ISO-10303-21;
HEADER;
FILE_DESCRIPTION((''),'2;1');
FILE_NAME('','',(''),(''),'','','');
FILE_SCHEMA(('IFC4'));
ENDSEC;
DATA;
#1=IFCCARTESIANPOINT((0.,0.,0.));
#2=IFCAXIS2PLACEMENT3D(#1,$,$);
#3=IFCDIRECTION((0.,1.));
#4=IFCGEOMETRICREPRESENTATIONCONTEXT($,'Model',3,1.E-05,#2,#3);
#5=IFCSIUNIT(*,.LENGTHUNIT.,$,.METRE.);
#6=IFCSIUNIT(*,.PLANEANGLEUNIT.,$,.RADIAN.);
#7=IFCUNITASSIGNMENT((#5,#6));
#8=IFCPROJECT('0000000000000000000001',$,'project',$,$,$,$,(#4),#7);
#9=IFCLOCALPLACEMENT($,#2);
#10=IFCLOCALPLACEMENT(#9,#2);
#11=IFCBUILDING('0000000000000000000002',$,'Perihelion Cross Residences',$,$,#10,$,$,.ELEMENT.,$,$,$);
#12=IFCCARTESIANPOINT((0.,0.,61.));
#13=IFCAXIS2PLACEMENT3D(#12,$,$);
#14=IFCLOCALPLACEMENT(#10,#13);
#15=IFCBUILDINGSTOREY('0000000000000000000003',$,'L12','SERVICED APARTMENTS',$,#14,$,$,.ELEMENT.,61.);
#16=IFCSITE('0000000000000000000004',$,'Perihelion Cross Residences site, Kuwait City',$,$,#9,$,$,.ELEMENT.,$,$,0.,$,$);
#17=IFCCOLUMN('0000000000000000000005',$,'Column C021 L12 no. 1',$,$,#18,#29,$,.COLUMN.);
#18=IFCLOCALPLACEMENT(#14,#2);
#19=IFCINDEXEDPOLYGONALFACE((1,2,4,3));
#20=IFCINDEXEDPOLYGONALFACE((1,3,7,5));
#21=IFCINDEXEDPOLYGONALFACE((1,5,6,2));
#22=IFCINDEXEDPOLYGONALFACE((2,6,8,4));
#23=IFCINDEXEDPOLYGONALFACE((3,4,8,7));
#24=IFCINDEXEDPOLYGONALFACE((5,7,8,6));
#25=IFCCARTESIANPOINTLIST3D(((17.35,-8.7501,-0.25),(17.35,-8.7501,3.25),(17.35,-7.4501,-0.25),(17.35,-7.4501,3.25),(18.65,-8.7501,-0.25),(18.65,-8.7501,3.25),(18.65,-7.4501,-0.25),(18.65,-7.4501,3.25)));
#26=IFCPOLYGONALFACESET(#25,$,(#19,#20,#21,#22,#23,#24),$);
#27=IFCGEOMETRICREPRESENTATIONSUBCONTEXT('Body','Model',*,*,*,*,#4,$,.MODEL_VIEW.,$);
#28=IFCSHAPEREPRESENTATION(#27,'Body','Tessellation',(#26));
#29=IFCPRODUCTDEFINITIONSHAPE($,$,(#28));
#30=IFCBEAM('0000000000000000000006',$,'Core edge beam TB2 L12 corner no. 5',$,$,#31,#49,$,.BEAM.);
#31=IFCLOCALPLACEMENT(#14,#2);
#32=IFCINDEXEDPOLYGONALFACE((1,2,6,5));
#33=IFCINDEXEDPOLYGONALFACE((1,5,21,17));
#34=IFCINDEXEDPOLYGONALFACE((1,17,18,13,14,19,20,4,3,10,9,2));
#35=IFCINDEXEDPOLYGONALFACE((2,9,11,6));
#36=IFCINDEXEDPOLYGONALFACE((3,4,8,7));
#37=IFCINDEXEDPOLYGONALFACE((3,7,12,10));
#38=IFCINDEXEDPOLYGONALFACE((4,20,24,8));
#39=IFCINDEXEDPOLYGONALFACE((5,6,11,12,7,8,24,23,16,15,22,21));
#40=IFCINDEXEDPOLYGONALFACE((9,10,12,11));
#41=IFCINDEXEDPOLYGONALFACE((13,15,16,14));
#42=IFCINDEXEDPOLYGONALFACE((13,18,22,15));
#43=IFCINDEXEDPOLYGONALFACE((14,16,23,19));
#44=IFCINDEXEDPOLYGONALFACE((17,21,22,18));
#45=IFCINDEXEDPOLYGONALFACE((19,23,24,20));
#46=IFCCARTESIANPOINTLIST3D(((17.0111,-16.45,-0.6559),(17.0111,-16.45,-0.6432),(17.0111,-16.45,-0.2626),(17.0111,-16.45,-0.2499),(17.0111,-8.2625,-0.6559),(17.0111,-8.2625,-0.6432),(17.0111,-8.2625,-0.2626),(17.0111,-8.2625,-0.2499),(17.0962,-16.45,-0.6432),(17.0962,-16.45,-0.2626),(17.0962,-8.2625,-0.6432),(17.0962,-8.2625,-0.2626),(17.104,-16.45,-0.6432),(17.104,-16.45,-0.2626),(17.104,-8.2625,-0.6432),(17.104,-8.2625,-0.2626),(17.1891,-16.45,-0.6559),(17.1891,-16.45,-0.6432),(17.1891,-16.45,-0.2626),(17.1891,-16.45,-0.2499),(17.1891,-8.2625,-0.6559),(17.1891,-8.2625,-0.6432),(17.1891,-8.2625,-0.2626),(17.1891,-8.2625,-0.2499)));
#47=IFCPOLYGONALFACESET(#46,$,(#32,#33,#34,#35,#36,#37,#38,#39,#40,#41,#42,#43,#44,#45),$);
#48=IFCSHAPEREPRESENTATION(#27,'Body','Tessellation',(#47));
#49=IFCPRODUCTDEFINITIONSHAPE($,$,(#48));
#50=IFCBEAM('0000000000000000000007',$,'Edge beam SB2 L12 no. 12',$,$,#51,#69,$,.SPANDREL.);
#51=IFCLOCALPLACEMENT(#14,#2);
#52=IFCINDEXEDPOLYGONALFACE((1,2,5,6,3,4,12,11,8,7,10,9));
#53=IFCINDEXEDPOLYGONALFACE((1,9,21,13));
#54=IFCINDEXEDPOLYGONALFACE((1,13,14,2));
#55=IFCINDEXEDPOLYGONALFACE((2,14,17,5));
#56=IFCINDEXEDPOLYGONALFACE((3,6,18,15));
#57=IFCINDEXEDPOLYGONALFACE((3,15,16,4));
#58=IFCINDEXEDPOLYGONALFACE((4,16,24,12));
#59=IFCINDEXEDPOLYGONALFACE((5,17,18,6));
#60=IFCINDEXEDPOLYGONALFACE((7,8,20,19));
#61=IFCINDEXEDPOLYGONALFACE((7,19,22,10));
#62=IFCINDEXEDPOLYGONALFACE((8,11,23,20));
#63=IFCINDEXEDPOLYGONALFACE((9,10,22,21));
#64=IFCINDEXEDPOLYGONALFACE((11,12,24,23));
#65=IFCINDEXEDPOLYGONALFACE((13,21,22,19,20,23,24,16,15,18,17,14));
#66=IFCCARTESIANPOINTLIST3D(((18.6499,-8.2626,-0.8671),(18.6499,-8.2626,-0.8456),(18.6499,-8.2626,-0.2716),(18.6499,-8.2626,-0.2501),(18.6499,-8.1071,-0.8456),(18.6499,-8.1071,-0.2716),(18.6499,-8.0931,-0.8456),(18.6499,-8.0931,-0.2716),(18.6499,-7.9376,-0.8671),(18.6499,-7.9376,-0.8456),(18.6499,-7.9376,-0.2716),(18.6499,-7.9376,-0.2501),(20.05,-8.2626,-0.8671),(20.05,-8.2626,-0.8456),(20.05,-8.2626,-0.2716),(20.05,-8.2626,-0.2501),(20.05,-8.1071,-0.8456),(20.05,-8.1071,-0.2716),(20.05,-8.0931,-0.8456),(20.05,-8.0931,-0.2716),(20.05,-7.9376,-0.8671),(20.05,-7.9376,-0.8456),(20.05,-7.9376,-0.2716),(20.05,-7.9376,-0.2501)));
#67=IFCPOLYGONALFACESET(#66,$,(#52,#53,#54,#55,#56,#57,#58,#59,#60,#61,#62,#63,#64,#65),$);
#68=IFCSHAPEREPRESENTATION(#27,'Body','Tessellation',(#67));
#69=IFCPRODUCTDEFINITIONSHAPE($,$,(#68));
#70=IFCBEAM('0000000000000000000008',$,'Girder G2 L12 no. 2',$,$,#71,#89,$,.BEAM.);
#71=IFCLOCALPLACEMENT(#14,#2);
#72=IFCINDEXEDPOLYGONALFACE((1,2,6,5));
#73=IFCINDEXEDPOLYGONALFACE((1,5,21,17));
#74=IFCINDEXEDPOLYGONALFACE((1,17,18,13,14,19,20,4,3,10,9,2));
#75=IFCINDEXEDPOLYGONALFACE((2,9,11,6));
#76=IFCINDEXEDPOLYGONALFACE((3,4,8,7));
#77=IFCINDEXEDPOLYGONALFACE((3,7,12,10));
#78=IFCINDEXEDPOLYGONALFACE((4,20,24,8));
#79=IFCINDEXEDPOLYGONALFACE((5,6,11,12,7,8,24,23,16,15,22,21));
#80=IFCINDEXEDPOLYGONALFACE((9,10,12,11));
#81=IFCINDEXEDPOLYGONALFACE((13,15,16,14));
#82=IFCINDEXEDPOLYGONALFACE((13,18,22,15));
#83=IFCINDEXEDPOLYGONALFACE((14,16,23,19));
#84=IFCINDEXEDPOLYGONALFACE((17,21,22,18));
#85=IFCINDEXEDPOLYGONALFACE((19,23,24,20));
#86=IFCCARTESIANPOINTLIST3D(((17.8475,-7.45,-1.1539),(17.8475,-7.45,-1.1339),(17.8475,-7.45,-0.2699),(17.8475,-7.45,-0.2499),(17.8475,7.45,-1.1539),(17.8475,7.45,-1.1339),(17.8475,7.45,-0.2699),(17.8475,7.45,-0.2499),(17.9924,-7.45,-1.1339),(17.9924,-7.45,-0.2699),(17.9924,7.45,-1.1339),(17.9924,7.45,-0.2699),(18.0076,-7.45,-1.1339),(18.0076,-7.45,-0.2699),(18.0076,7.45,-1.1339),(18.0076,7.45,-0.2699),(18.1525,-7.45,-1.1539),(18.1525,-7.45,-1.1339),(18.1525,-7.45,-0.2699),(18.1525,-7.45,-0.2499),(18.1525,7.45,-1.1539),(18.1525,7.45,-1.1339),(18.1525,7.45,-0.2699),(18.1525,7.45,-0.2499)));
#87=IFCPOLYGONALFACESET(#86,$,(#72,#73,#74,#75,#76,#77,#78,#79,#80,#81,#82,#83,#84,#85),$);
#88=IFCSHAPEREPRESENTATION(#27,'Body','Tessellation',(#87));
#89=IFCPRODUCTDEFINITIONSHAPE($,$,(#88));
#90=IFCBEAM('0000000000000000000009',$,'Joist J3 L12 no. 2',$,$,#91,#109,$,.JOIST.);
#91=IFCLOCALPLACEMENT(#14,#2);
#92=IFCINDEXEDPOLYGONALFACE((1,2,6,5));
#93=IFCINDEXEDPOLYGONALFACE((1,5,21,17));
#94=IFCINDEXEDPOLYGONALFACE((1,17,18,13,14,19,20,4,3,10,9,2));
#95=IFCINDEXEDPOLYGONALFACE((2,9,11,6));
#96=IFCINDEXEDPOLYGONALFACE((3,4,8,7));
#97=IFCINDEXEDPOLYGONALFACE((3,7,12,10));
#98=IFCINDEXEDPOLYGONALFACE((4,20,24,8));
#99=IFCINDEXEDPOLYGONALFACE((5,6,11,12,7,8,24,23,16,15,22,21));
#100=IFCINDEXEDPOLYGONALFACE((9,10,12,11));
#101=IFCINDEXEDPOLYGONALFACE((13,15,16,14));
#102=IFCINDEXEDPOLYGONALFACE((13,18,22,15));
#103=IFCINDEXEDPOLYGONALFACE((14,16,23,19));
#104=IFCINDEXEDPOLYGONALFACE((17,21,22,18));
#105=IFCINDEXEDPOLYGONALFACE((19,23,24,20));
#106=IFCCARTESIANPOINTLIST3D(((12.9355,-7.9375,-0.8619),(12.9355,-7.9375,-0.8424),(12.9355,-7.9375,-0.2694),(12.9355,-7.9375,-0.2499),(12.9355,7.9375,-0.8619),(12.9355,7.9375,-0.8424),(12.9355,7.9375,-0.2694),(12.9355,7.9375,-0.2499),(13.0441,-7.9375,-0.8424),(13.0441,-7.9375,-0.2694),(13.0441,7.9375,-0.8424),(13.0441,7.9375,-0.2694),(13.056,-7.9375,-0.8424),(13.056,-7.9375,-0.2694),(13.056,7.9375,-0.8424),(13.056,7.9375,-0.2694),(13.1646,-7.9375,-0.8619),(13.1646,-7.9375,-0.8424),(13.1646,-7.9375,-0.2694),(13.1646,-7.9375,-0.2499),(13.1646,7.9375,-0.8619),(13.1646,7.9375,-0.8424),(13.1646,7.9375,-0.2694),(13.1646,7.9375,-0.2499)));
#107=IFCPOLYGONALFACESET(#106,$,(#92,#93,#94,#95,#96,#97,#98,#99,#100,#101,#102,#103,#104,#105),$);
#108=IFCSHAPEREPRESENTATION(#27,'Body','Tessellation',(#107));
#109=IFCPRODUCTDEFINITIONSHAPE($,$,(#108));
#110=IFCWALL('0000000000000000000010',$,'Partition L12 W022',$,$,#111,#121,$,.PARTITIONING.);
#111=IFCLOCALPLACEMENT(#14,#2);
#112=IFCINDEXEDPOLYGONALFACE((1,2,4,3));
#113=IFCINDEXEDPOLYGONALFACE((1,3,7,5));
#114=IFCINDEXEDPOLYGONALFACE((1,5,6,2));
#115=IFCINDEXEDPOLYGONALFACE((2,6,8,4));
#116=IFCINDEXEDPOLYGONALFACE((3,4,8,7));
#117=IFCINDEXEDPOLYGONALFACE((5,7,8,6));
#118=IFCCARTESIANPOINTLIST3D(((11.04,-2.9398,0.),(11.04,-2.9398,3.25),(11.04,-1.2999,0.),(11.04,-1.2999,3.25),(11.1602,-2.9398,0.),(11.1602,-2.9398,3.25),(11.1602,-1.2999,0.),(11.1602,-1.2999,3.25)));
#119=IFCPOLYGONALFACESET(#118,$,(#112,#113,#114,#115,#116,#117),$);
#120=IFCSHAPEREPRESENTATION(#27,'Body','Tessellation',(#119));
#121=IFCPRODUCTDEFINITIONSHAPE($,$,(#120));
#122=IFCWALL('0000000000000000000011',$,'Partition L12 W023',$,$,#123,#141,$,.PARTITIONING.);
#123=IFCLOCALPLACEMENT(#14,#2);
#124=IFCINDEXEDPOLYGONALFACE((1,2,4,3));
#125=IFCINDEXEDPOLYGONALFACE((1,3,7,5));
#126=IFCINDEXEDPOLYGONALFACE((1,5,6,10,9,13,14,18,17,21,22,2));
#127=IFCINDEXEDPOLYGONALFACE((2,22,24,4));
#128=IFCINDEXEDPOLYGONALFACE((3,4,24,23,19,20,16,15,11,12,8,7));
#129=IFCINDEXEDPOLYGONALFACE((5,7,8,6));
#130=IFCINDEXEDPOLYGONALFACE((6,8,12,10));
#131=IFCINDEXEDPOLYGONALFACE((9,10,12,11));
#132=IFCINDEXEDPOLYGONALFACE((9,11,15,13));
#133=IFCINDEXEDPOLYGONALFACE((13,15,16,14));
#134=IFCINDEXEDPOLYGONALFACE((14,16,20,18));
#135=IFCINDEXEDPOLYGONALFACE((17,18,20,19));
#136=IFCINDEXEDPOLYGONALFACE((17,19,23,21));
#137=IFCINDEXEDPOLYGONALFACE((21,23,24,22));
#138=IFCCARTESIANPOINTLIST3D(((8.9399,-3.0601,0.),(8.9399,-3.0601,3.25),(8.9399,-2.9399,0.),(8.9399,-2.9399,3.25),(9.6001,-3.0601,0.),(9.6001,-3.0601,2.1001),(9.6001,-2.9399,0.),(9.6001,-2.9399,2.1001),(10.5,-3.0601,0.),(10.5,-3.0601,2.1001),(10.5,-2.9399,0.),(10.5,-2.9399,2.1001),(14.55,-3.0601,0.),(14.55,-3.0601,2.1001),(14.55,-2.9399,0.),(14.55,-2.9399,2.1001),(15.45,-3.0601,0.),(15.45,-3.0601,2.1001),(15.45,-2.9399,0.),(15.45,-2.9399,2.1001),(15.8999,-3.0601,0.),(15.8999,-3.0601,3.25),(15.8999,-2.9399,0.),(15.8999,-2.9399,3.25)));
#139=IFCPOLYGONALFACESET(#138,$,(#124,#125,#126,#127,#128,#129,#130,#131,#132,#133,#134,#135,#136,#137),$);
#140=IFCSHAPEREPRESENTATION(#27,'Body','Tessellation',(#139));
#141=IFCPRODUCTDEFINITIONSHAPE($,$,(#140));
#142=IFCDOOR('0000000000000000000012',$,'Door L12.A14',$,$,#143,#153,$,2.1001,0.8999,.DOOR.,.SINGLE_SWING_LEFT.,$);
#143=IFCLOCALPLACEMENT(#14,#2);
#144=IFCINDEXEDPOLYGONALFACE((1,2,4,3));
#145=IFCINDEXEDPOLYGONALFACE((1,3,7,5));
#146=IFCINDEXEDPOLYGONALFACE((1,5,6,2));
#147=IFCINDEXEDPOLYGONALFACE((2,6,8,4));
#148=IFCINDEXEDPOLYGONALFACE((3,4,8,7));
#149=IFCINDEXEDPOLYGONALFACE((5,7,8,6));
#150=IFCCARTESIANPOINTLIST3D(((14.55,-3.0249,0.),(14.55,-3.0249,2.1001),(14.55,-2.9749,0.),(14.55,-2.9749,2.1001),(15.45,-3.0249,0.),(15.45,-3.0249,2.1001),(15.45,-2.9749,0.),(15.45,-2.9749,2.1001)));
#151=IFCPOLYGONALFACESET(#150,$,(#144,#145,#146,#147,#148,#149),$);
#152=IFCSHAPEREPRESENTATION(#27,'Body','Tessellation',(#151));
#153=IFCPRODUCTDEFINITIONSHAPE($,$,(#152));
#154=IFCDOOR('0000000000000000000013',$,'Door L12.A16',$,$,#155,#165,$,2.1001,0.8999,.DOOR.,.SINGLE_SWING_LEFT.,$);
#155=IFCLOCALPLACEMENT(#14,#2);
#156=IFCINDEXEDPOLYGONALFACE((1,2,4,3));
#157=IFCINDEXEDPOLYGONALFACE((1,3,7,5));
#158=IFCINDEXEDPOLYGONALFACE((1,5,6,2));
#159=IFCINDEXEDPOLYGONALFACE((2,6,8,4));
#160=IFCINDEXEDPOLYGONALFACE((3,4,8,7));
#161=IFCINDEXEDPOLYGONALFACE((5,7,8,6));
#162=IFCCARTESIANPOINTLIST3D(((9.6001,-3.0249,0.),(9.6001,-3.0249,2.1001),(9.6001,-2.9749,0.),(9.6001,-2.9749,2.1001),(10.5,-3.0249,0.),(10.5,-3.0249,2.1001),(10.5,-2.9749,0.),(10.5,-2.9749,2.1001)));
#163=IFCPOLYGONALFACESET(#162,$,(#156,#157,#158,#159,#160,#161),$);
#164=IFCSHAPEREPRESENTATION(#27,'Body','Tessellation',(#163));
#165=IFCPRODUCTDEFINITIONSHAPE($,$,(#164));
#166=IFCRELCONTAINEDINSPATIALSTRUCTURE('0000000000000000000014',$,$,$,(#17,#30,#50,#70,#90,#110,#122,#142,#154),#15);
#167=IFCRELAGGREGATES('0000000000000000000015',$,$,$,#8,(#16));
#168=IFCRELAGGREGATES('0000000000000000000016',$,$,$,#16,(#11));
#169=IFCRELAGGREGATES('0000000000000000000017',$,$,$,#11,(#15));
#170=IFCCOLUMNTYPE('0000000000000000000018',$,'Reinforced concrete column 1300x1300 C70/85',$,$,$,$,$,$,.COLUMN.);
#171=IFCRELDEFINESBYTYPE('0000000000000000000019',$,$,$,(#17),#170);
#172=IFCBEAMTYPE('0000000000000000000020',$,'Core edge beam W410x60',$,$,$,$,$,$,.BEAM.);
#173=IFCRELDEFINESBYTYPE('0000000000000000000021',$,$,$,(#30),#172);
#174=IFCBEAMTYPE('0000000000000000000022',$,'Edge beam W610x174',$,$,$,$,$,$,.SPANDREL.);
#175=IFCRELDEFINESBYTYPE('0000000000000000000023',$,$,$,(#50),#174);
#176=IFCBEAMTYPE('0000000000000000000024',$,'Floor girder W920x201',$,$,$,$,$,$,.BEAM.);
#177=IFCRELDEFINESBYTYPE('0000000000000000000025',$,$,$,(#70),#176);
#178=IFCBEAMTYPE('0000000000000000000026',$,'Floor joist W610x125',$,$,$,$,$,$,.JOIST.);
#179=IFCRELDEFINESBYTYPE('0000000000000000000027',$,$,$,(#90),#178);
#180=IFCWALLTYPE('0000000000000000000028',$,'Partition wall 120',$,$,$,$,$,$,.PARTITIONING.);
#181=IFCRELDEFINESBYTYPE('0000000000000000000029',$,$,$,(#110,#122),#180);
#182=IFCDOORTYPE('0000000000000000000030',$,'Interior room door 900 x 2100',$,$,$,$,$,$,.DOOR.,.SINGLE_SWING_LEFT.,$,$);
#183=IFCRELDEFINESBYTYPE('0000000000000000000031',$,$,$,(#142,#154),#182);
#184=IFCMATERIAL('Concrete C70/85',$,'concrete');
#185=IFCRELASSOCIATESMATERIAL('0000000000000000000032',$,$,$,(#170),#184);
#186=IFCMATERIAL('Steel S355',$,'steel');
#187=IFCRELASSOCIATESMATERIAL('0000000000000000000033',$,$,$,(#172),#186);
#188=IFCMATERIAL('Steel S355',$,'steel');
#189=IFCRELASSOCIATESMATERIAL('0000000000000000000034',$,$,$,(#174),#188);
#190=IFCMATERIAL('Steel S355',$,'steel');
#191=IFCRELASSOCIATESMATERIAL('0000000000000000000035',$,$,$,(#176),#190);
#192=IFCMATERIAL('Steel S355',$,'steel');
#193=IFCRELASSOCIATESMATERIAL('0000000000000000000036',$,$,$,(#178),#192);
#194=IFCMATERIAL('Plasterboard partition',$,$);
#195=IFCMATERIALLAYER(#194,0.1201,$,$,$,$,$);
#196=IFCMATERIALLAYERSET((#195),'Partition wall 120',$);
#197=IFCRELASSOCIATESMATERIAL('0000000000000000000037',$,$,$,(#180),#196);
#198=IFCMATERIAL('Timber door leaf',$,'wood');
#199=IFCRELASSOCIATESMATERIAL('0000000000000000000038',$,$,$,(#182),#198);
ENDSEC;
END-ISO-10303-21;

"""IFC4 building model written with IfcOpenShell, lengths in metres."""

from ifc_helpers import new_model, si_unit, direction, frame, frame_2d, origin, origin_2d, place, context, subcontext, project, spatial, rectangle, i_section, extrude, material, layer, layer_set, material_profile, profile_set, type_object, element, fill, save


model = new_model("IFC4")

# Units and contexts
model_context = context("Model", 3, precision=1e-05, world=origin(), true_north=direction((0.0, 1.0)))
body_context = subcontext(model_context, "Body", "Model", "MODEL_VIEW")
ifc_project = project(units=[si_unit("LENGTHUNIT", "METRE"), si_unit("PLANEANGLEUNIT", "RADIAN")], contexts=[model_context])

# Site, building, storey
site_placement = place(None, origin())
site = spatial("IfcSite", under=ifc_project, at=site_placement, Name="Perihelion Cross Residences site, Kuwait City", CompositionType="ELEMENT", RefElevation=0.0)
building_placement = place(site_placement, origin())
building = spatial("IfcBuilding", under=site, at=building_placement, Name="Perihelion Cross Residences", CompositionType="ELEMENT")
storey_placement = place(building_placement, frame((0.0, 0.0, 61.0)))
storey = spatial("IfcBuildingStorey", under=building, at=storey_placement, Name="L12", Description="SERVICED APARTMENTS", CompositionType="ELEMENT", Elevation=61.0)

# Column
ifc_material_1 = material(Name="Concrete C70/85", Category="concrete")
ifc_material_profile_1 = material_profile(ifc_material_1, rectangle(XDim=1.3, YDim=1.3, at=origin_2d()), Name="RC 1300x1300")
ifc_profile_set_1 = profile_set([ifc_material_profile_1], Name="Concrete C70/85")
column_type = type_object("IfcColumnType", Name="Reinforced concrete column 1300x1300 C70/85", PredefinedType="COLUMN", material=ifc_profile_set_1)
column_placement = place(storey_placement, frame((18.0, -8.1001, -0.25), z_axis=(0.0, 0.0, 1.0), x_axis=(1.0, 0.0, 0.0)))
element("IfcColumn", 1, at=column_placement, inside=storey, type_object=column_type, Name="Column C021 L12 no. 1", PredefinedType="COLUMN", context=body_context, shape_type="SweptSolid", body=[
    extrude(rectangle(XDim=1.3, YDim=1.3, at=origin_2d()), origin(), (0.0, 0.0, 1.0), 3.5),
])

# Beams
ifc_material_2 = material(Name="Steel S355", Category="steel")
ifc_material_profile_2 = material_profile(ifc_material_2, i_section(OverallWidth=0.178, OverallDepth=0.406, WebThickness=0.0078, FlangeThickness=0.0127, at=origin_2d()), Name="W410x60")
ifc_profile_set_2 = profile_set([ifc_material_profile_2], Name="Steel S355")
beam_type_1 = type_object("IfcBeamType", Name="Core edge beam W410x60", PredefinedType="BEAM", material=ifc_profile_set_2)
beam_1_placement = place(storey_placement, frame((17.1001, -8.2625, -0.4529), z_axis=(0.0, -1.0, 0.0), x_axis=(1.0, 0.0, 0.0)))
element("IfcBeam", 2, at=beam_1_placement, inside=storey, type_object=beam_type_1, Name="Core edge beam TB2 L12 corner no. 5", PredefinedType="BEAM", context=body_context, shape_type="SweptSolid", body=[
    extrude(i_section(OverallWidth=0.178, OverallDepth=0.406, WebThickness=0.0078, FlangeThickness=0.0127, at=origin_2d()), origin(), (0.0, 0.0, 1.0), 8.1875),
])
ifc_material_3 = material(Name="Steel S355", Category="steel")
ifc_material_profile_3 = material_profile(ifc_material_3, i_section(OverallWidth=0.325, OverallDepth=0.6169, WebThickness=0.0139, FlangeThickness=0.0215, at=origin_2d()), Name="W610x174")
ifc_profile_set_3 = profile_set([ifc_material_profile_3], Name="Steel S355")
beam_type_2 = type_object("IfcBeamType", Name="Edge beam W610x174", PredefinedType="SPANDREL", material=ifc_profile_set_3)
beam_2_placement = place(storey_placement, frame((18.6499, -8.1001, -0.5586), z_axis=(1.0, 0.0, 0.0), x_axis=(0.0, 1.0, 0.0)))
element("IfcBeam", 3, at=beam_2_placement, inside=storey, type_object=beam_type_2, Name="Edge beam SB2 L12 no. 12", PredefinedType="SPANDREL", context=body_context, shape_type="SweptSolid", body=[
    extrude(i_section(OverallWidth=0.325, OverallDepth=0.6169, WebThickness=0.0139, FlangeThickness=0.0215, at=origin_2d()), origin(), (0.0, 0.0, 1.0), 1.4001),
])
ifc_material_4 = material(Name="Steel S355", Category="steel")
ifc_material_profile_4 = material_profile(ifc_material_4, i_section(OverallWidth=0.3049, OverallDepth=0.9041, WebThickness=0.0151, FlangeThickness=0.02, at=origin_2d()), Name="W920x201")
ifc_profile_set_4 = profile_set([ifc_material_profile_4], Name="Steel S355")
beam_type_3 = type_object("IfcBeamType", Name="Floor girder W920x201", PredefinedType="BEAM", material=ifc_profile_set_4)
beam_3_placement = place(storey_placement, frame((18.0, -7.45, -0.7019), z_axis=(0.0, 1.0, 0.0), x_axis=(-1.0, 0.0, 0.0)))
element("IfcBeam", 4, at=beam_3_placement, inside=storey, type_object=beam_type_3, Name="Girder G2 L12 no. 2", PredefinedType="BEAM", context=body_context, shape_type="SweptSolid", body=[
    extrude(i_section(OverallWidth=0.3049, OverallDepth=0.9041, WebThickness=0.0151, FlangeThickness=0.02, at=origin_2d()), origin(), (0.0, 0.0, 1.0), 14.8999),
])
ifc_material_5 = material(Name="Steel S355", Category="steel")
ifc_material_profile_5 = material_profile(ifc_material_5, i_section(OverallWidth=0.229, OverallDepth=0.6121, WebThickness=0.012, FlangeThickness=0.0195, at=origin_2d()), Name="W610x125")
ifc_profile_set_5 = profile_set([ifc_material_profile_5], Name="Steel S355")
beam_type_4 = type_object("IfcBeamType", Name="Floor joist W610x125", PredefinedType="JOIST", material=ifc_profile_set_5)
beam_4_placement = place(storey_placement, frame((13.05, -7.9375, -0.5559), z_axis=(0.0, 1.0, 0.0), x_axis=(-1.0, 0.0, 0.0)))
element("IfcBeam", 5, at=beam_4_placement, inside=storey, type_object=beam_type_4, Name="Joist J3 L12 no. 2", PredefinedType="JOIST", context=body_context, shape_type="SweptSolid", body=[
    extrude(i_section(OverallWidth=0.229, OverallDepth=0.6121, WebThickness=0.012, FlangeThickness=0.0195, at=origin_2d()), origin(), (0.0, 0.0, 1.0), 15.875),
])

# Wall
ifc_material_6 = material(Name="Plasterboard partition")
ifc_layer_1 = layer(ifc_material_6, 0.1201)
ifc_layer_set_1 = layer_set([ifc_layer_1], Name="Partition wall 120")
wall_type_1 = type_object("IfcWallType", Name="Partition wall 120", PredefinedType="PARTITIONING", material=ifc_layer_set_1)
wall_1_placement = place(storey_placement, frame((11.1001, -1.3, 0.0), z_axis=(0.0, 0.0, 1.0), x_axis=(0.0, -1.0, 0.0)))
element("IfcWall", 6, at=wall_1_placement, inside=storey, type_object=wall_type_1, Name="Partition L12 W022", PredefinedType="PARTITIONING", context=body_context, shape_type="SweptSolid", body=[
    extrude(rectangle(XDim=1.6399, YDim=0.1201, at=frame_2d((0.8198, 0.0))), origin(), (0.0, 0.0, 1.0), 3.25),
])

# Wall, openings, doors
wall_2_placement = place(storey_placement, frame((15.8999, -3.0, 0.0), z_axis=(0.0, 0.0, 1.0), x_axis=(-1.0, 0.0, 0.0)))
wall_2 = element("IfcWall", 7, at=wall_2_placement, inside=storey, type_object=wall_type_1, Name="Partition L12 W023", PredefinedType="PARTITIONING", context=body_context, shape_type="SweptSolid", body=[
    extrude(rectangle(XDim=6.96, YDim=0.1201, at=frame_2d((3.48, 0.0))), origin(), (0.0, 0.0, 1.0), 3.25),
])
opening_1_placement = place(wall_2_placement, frame((0.45, 0.0, 0.0)))
opening_1 = element("IfcOpeningElement", 8, at=opening_1_placement, cuts=wall_2, PredefinedType="OPENING", context=body_context, shape_type="SweptSolid", body=[
    extrude(rectangle(XDim=0.8999, YDim=2.1001, at=frame_2d((0.45, 1.05))), frame((0.0, 0.0701, 0.0), z_axis=(0.0, -1.0, 0.0), x_axis=(1.0, 0.0, 0.0)), (0.0, 0.0, 1.0), 0.1401),
])
opening_2_placement = place(wall_2_placement, frame((5.3999, 0.0, 0.0)))
opening_2 = element("IfcOpeningElement", 9, at=opening_2_placement, cuts=wall_2, PredefinedType="OPENING", context=body_context, shape_type="SweptSolid", body=[
    extrude(rectangle(XDim=0.8999, YDim=2.1001, at=frame_2d((0.45, 1.05))), frame((0.0, 0.0701, 0.0), z_axis=(0.0, -1.0, 0.0), x_axis=(1.0, 0.0, 0.0)), (0.0, 0.0, 1.0), 0.1401),
])
ifc_material_7 = material(Name="Timber door leaf", Category="wood")
door_type_1 = type_object("IfcDoorType", Name="Interior room door 900 x 2100", OperationType="SINGLE_SWING_LEFT", PredefinedType="DOOR", material=ifc_material_7)
door_1_placement = place(opening_1_placement, origin())
door_1 = element("IfcDoor", 10, at=door_1_placement, inside=storey, type_object=door_type_1, Name="Door L12.A14", OperationType="SINGLE_SWING_LEFT", OverallHeight=2.1001, OverallWidth=0.8999, PredefinedType="DOOR", context=body_context, shape_type="SweptSolid", body=[
    extrude(rectangle(XDim=0.8999, YDim=2.1001, at=frame_2d((0.45, 1.05))), frame((0.0, 0.0249, 0.0), z_axis=(0.0, -1.0, 0.0), x_axis=(1.0, 0.0, 0.0)), (0.0, 0.0, 1.0), 0.05),
])
fill(opening_1, door_1)
door_2_placement = place(opening_2_placement, origin())
door_2 = element("IfcDoor", 11, at=door_2_placement, inside=storey, type_object=door_type_1, Name="Door L12.A16", OperationType="SINGLE_SWING_LEFT", OverallHeight=2.1001, OverallWidth=0.8999, PredefinedType="DOOR", context=body_context, shape_type="SweptSolid", body=[
    extrude(rectangle(XDim=0.8999, YDim=2.1001, at=frame_2d((0.45, 1.05))), frame((0.0, 0.0249, 0.0), z_axis=(0.0, -1.0, 0.0), x_axis=(1.0, 0.0, 0.0)), (0.0, 0.0, 1.0), 0.05),
])
fill(opening_2, door_2)

save(model, "model.ifc")
